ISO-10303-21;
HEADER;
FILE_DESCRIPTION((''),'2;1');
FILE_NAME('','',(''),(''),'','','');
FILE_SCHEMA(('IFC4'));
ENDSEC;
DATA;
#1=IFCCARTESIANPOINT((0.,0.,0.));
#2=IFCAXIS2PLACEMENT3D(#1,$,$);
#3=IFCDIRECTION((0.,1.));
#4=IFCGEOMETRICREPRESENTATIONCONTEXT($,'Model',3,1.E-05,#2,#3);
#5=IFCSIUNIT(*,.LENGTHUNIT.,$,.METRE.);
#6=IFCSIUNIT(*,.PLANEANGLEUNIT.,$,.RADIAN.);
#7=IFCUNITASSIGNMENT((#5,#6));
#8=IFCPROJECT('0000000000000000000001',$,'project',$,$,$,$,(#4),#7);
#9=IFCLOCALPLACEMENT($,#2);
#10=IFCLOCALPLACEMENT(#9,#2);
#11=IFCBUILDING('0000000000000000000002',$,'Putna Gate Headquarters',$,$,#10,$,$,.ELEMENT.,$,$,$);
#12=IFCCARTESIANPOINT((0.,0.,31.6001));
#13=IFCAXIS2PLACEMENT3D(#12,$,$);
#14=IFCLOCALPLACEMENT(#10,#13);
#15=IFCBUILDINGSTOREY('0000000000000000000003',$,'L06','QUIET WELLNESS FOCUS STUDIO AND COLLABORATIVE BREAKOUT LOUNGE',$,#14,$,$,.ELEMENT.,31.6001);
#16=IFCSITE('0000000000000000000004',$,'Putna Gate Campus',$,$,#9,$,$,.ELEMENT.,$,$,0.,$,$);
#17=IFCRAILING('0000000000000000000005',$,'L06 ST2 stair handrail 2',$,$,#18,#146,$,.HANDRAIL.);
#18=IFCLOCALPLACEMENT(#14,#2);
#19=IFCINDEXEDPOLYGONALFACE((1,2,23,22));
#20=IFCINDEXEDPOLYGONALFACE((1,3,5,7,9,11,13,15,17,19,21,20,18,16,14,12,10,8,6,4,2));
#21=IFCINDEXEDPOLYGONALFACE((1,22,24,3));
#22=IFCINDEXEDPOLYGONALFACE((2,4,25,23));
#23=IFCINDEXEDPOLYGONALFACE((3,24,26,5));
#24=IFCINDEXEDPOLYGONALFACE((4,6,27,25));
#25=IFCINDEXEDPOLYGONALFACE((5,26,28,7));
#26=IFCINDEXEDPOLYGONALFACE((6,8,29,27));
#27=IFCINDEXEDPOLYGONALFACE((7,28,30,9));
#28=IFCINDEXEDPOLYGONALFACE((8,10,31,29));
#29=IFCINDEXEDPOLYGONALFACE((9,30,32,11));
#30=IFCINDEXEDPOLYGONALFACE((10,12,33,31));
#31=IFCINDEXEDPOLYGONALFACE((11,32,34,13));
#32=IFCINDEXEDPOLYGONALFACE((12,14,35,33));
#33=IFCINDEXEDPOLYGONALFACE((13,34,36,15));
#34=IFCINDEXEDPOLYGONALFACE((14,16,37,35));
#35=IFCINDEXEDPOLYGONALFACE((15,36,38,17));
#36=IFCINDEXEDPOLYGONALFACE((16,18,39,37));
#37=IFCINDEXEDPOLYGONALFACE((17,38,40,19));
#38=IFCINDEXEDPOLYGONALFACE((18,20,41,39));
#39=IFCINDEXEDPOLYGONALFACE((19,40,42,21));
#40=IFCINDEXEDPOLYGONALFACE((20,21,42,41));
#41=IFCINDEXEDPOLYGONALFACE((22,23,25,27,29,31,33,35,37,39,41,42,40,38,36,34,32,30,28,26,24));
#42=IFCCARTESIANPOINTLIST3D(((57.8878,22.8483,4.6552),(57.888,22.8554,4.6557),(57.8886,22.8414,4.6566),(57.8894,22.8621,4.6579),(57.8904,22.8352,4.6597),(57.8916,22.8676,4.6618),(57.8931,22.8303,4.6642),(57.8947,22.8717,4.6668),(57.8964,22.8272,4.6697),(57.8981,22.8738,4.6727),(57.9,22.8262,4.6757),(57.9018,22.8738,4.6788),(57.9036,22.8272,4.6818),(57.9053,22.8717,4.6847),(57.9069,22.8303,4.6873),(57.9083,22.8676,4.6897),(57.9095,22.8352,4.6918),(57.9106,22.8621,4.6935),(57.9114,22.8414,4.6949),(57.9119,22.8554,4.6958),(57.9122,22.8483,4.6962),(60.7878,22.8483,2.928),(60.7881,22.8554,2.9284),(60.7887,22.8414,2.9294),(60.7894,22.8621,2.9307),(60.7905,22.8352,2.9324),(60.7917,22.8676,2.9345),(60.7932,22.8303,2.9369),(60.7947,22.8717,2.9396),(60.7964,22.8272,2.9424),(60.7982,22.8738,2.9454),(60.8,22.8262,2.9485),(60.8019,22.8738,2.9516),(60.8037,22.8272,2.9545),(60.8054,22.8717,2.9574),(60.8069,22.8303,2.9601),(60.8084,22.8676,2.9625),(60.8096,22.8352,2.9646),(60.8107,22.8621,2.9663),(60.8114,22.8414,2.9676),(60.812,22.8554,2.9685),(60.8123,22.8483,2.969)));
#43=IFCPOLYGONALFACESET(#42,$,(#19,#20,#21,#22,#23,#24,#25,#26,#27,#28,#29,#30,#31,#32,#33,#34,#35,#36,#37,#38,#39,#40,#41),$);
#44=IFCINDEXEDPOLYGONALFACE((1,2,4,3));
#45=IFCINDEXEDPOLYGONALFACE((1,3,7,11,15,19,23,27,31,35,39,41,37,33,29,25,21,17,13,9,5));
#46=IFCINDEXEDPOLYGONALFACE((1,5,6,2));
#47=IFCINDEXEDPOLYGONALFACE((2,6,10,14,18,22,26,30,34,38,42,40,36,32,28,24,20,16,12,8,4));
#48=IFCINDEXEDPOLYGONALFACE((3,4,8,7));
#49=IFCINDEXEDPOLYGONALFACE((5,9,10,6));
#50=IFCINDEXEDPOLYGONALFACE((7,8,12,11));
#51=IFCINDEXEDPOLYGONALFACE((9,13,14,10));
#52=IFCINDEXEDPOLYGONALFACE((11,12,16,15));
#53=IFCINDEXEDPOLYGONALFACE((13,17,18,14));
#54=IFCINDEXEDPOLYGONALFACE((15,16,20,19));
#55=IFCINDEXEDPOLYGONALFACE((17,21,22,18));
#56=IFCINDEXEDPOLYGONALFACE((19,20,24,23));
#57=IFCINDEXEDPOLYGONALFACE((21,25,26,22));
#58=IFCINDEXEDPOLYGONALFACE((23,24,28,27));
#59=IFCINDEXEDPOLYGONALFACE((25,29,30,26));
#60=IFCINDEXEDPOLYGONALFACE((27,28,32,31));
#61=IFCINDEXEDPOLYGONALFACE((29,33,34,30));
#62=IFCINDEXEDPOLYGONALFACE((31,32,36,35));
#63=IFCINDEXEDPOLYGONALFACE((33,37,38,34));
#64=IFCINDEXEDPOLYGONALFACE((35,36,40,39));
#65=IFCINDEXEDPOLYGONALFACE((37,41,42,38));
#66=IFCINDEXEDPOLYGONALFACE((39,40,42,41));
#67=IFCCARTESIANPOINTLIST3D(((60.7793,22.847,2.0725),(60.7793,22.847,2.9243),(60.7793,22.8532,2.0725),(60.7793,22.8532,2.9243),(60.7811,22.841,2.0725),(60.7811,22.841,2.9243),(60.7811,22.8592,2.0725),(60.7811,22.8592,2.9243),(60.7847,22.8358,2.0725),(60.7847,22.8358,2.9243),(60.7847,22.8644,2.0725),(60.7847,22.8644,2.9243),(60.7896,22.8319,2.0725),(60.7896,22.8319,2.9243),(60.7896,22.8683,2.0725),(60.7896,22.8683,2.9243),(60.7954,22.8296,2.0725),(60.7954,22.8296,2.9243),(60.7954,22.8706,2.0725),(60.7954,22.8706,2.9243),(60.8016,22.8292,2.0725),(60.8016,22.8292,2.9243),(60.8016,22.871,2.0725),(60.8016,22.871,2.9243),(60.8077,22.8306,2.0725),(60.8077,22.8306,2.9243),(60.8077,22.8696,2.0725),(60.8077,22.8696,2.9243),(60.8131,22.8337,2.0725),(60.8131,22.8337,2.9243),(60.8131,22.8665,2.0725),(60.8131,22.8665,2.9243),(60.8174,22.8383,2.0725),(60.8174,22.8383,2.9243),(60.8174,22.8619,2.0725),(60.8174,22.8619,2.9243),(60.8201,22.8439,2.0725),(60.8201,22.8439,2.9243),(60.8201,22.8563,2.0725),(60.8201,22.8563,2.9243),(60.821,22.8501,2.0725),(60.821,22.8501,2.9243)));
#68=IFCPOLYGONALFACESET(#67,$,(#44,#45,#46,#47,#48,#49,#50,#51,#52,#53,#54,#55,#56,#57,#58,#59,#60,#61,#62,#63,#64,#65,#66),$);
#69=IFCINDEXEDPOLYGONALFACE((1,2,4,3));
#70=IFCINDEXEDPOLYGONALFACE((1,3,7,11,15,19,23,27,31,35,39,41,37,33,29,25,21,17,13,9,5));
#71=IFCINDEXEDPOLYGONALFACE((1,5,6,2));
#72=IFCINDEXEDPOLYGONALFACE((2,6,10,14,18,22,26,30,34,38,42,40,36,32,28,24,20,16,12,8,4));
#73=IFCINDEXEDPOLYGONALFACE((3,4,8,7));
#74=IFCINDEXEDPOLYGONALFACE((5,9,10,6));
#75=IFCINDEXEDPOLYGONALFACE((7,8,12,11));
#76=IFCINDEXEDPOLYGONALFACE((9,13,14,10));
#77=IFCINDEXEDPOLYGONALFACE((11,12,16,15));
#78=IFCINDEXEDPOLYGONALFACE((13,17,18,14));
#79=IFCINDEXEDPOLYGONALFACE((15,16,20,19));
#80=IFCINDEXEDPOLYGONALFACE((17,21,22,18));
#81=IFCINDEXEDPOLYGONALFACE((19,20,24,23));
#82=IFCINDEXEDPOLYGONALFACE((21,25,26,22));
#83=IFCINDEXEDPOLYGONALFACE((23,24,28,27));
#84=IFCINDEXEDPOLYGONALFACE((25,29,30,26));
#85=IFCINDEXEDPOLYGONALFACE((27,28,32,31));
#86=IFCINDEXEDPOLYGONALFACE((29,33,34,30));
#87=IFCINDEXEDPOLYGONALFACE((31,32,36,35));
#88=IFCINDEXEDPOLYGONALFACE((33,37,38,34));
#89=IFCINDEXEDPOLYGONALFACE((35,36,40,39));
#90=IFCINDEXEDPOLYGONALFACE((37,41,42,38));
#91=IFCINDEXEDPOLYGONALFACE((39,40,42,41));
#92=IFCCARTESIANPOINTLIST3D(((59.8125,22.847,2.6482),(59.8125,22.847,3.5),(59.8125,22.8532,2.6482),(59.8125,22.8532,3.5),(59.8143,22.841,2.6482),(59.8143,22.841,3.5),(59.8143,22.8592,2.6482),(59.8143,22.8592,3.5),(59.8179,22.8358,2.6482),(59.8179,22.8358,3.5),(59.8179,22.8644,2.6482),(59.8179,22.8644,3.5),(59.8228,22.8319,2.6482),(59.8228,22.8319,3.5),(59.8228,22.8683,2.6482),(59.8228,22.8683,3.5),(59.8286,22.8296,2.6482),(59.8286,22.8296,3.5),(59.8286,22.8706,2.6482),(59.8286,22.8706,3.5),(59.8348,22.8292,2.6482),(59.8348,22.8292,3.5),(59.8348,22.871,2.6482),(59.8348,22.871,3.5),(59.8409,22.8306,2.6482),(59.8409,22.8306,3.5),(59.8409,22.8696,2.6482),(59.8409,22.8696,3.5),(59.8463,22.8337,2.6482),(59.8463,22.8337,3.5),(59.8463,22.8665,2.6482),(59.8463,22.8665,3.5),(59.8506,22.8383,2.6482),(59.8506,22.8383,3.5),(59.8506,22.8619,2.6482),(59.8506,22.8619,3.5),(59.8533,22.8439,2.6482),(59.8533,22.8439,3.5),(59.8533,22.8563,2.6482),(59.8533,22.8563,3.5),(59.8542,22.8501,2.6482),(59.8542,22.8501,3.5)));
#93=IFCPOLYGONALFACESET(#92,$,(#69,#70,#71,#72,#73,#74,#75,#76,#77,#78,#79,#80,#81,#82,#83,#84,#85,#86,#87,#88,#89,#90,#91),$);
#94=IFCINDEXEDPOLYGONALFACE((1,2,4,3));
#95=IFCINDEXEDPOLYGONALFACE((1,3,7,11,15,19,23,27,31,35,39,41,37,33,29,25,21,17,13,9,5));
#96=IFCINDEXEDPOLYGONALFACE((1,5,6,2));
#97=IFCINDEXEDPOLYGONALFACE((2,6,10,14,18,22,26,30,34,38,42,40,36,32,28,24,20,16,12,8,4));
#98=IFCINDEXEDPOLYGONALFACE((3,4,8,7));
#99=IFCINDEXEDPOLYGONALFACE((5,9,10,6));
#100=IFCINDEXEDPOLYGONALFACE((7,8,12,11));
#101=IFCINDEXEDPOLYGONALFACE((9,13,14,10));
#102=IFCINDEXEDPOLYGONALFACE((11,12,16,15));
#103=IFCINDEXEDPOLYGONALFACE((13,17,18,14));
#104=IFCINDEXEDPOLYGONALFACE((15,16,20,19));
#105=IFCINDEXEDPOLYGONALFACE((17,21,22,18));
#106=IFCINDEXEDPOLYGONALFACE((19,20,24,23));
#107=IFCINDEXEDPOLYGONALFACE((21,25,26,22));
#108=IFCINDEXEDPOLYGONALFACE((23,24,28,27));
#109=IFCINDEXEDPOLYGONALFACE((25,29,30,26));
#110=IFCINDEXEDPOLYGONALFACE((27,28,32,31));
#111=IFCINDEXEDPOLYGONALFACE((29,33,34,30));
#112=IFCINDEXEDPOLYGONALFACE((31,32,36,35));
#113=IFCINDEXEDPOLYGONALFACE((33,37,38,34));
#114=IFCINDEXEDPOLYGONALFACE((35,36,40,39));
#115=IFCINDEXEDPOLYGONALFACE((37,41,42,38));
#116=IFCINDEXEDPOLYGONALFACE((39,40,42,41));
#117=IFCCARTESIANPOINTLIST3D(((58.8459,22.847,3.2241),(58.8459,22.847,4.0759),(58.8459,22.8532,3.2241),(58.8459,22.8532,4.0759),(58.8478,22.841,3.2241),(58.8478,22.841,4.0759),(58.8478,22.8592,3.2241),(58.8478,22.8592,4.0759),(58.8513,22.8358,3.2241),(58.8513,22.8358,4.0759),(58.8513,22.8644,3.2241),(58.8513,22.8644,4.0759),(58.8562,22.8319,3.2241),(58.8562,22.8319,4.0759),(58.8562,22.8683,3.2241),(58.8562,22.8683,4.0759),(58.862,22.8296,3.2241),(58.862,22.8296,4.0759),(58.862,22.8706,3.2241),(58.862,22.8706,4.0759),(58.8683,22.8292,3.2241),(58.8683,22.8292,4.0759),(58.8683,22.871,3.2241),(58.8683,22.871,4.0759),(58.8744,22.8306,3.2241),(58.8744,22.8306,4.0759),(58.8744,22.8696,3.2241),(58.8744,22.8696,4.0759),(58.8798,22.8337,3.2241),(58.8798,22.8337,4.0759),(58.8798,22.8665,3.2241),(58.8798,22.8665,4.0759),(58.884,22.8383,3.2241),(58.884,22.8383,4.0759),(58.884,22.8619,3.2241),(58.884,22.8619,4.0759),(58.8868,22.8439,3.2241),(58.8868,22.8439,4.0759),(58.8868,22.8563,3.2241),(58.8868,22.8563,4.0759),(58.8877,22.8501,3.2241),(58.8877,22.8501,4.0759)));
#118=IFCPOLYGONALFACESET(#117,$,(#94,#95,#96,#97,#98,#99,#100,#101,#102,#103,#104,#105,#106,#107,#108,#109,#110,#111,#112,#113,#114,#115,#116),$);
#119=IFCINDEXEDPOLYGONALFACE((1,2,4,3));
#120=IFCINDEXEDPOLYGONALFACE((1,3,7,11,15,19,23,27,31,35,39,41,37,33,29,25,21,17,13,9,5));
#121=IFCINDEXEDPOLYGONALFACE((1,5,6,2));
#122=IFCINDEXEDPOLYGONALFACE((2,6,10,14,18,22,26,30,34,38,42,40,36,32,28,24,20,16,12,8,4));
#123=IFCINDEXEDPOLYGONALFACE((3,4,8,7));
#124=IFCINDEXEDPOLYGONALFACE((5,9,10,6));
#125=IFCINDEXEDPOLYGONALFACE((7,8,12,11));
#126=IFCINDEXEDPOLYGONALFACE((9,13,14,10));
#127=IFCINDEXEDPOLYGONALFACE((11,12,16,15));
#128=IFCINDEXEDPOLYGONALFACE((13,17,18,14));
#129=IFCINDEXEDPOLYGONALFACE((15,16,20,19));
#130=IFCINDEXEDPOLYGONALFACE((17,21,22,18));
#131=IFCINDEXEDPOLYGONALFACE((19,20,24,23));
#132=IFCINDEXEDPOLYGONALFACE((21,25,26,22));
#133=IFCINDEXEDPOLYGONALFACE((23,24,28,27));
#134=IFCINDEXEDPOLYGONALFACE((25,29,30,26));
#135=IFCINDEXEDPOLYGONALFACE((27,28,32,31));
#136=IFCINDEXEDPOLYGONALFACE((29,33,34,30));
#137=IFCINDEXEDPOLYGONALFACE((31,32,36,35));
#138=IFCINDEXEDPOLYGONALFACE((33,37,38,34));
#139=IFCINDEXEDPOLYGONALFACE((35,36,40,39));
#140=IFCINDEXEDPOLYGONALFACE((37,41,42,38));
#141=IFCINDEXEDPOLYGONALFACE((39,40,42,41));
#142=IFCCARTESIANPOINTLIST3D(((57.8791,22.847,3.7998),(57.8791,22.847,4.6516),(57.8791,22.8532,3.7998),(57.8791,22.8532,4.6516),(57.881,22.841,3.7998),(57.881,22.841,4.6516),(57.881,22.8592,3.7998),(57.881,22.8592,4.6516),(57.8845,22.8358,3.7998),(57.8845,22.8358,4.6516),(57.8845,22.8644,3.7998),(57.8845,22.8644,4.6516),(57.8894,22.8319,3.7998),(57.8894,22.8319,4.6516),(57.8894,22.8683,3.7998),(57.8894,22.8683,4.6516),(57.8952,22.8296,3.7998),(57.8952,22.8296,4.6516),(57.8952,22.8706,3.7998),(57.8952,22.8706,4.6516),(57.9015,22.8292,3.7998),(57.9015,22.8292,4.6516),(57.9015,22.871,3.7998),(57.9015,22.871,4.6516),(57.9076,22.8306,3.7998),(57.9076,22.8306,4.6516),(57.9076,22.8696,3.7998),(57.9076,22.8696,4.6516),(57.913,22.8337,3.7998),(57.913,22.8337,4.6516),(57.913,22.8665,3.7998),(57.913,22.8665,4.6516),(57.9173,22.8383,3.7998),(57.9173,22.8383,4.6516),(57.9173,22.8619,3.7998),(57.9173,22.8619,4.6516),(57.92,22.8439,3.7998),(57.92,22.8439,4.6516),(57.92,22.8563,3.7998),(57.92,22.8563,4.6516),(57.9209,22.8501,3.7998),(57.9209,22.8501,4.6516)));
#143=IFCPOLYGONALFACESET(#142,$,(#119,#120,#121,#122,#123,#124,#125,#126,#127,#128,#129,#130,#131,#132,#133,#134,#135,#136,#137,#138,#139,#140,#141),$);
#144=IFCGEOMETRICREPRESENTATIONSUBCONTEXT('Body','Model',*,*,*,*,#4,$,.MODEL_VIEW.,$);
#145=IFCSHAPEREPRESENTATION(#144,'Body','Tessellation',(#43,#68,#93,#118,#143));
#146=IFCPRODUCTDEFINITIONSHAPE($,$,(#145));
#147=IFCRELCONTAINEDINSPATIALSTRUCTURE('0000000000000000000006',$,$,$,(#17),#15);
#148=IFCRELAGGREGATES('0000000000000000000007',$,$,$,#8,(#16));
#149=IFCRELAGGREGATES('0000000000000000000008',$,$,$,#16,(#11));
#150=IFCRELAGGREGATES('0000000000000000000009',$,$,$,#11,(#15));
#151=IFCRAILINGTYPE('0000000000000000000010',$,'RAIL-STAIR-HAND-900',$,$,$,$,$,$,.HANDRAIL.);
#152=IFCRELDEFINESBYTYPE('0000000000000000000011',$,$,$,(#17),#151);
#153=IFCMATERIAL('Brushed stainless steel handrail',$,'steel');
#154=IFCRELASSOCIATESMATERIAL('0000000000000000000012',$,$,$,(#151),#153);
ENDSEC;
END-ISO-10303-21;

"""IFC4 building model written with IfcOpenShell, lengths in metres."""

from ifc_helpers import new_model, si_unit, direction, frame, origin, origin_2d, place, context, subcontext, project, spatial, circle, extrude, material, type_object, element, save


model = new_model("IFC4")

# Units and contexts
model_context = context("Model", 3, precision=1e-05, world=origin(), true_north=direction((0.0, 1.0)))
body_context = subcontext(model_context, "Body", "Model", "MODEL_VIEW")
ifc_project = project(units=[si_unit("LENGTHUNIT", "METRE"), si_unit("PLANEANGLEUNIT", "RADIAN")], contexts=[model_context])

# Site, building, storey
site_placement = place(None, origin())
site = spatial("IfcSite", under=ifc_project, at=site_placement, Name="Putna Gate Campus", CompositionType="ELEMENT", RefElevation=0.0)
building_placement = place(site_placement, origin())
building = spatial("IfcBuilding", under=site, at=building_placement, Name="Putna Gate Headquarters", CompositionType="ELEMENT")
storey_placement = place(building_placement, frame((0.0, 0.0, 31.6001)))
storey = spatial("IfcBuildingStorey", under=building, at=storey_placement, Name="L06", Description="QUIET WELLNESS FOCUS STUDIO AND COLLABORATIVE BREAKOUT LOUNGE", CompositionType="ELEMENT", Elevation=31.6001)

# Railing
ifc_material_1 = material(Name="Brushed stainless steel handrail", Category="steel")
railing_type = type_object("IfcRailingType", Name="RAIL-STAIR-HAND-900", PredefinedType="HANDRAIL", material=ifc_material_1)
railing_placement = place(storey_placement, frame((60.8, 22.8501, 2.0725)))
element("IfcRailing", 1, at=railing_placement, inside=storey, type_object=railing_type, Name="L06 ST2 stair handrail 2", PredefinedType="HANDRAIL", context=body_context, shape_type="SweptSolid", body=[
    extrude(circle(Radius=0.0239, at=origin_2d()), frame((0.0, 0.0, 0.876), z_axis=(-0.85916, 0.0, 0.511706), x_axis=(0.0, -1.0, 0.0)), (0.0, 0.0, 1.0), 3.3755),
    extrude(circle(Radius=0.021, at=origin_2d()), origin(), (0.0, 0.0, 1.0), 0.8518),
    extrude(circle(Radius=0.021, at=origin_2d()), frame((-0.9668, 0.0, 0.5757)), (0.0, 0.0, 1.0), 0.8518),
    extrude(circle(Radius=0.021, at=origin_2d()), frame((-1.9333, 0.0, 1.1516)), (0.0, 0.0, 1.0), 0.8518),
    extrude(circle(Radius=0.021, at=origin_2d()), frame((-2.9001, 0.0, 1.7273)), (0.0, 0.0, 1.0), 0.8518),
])

save(model, "model.ifc")
